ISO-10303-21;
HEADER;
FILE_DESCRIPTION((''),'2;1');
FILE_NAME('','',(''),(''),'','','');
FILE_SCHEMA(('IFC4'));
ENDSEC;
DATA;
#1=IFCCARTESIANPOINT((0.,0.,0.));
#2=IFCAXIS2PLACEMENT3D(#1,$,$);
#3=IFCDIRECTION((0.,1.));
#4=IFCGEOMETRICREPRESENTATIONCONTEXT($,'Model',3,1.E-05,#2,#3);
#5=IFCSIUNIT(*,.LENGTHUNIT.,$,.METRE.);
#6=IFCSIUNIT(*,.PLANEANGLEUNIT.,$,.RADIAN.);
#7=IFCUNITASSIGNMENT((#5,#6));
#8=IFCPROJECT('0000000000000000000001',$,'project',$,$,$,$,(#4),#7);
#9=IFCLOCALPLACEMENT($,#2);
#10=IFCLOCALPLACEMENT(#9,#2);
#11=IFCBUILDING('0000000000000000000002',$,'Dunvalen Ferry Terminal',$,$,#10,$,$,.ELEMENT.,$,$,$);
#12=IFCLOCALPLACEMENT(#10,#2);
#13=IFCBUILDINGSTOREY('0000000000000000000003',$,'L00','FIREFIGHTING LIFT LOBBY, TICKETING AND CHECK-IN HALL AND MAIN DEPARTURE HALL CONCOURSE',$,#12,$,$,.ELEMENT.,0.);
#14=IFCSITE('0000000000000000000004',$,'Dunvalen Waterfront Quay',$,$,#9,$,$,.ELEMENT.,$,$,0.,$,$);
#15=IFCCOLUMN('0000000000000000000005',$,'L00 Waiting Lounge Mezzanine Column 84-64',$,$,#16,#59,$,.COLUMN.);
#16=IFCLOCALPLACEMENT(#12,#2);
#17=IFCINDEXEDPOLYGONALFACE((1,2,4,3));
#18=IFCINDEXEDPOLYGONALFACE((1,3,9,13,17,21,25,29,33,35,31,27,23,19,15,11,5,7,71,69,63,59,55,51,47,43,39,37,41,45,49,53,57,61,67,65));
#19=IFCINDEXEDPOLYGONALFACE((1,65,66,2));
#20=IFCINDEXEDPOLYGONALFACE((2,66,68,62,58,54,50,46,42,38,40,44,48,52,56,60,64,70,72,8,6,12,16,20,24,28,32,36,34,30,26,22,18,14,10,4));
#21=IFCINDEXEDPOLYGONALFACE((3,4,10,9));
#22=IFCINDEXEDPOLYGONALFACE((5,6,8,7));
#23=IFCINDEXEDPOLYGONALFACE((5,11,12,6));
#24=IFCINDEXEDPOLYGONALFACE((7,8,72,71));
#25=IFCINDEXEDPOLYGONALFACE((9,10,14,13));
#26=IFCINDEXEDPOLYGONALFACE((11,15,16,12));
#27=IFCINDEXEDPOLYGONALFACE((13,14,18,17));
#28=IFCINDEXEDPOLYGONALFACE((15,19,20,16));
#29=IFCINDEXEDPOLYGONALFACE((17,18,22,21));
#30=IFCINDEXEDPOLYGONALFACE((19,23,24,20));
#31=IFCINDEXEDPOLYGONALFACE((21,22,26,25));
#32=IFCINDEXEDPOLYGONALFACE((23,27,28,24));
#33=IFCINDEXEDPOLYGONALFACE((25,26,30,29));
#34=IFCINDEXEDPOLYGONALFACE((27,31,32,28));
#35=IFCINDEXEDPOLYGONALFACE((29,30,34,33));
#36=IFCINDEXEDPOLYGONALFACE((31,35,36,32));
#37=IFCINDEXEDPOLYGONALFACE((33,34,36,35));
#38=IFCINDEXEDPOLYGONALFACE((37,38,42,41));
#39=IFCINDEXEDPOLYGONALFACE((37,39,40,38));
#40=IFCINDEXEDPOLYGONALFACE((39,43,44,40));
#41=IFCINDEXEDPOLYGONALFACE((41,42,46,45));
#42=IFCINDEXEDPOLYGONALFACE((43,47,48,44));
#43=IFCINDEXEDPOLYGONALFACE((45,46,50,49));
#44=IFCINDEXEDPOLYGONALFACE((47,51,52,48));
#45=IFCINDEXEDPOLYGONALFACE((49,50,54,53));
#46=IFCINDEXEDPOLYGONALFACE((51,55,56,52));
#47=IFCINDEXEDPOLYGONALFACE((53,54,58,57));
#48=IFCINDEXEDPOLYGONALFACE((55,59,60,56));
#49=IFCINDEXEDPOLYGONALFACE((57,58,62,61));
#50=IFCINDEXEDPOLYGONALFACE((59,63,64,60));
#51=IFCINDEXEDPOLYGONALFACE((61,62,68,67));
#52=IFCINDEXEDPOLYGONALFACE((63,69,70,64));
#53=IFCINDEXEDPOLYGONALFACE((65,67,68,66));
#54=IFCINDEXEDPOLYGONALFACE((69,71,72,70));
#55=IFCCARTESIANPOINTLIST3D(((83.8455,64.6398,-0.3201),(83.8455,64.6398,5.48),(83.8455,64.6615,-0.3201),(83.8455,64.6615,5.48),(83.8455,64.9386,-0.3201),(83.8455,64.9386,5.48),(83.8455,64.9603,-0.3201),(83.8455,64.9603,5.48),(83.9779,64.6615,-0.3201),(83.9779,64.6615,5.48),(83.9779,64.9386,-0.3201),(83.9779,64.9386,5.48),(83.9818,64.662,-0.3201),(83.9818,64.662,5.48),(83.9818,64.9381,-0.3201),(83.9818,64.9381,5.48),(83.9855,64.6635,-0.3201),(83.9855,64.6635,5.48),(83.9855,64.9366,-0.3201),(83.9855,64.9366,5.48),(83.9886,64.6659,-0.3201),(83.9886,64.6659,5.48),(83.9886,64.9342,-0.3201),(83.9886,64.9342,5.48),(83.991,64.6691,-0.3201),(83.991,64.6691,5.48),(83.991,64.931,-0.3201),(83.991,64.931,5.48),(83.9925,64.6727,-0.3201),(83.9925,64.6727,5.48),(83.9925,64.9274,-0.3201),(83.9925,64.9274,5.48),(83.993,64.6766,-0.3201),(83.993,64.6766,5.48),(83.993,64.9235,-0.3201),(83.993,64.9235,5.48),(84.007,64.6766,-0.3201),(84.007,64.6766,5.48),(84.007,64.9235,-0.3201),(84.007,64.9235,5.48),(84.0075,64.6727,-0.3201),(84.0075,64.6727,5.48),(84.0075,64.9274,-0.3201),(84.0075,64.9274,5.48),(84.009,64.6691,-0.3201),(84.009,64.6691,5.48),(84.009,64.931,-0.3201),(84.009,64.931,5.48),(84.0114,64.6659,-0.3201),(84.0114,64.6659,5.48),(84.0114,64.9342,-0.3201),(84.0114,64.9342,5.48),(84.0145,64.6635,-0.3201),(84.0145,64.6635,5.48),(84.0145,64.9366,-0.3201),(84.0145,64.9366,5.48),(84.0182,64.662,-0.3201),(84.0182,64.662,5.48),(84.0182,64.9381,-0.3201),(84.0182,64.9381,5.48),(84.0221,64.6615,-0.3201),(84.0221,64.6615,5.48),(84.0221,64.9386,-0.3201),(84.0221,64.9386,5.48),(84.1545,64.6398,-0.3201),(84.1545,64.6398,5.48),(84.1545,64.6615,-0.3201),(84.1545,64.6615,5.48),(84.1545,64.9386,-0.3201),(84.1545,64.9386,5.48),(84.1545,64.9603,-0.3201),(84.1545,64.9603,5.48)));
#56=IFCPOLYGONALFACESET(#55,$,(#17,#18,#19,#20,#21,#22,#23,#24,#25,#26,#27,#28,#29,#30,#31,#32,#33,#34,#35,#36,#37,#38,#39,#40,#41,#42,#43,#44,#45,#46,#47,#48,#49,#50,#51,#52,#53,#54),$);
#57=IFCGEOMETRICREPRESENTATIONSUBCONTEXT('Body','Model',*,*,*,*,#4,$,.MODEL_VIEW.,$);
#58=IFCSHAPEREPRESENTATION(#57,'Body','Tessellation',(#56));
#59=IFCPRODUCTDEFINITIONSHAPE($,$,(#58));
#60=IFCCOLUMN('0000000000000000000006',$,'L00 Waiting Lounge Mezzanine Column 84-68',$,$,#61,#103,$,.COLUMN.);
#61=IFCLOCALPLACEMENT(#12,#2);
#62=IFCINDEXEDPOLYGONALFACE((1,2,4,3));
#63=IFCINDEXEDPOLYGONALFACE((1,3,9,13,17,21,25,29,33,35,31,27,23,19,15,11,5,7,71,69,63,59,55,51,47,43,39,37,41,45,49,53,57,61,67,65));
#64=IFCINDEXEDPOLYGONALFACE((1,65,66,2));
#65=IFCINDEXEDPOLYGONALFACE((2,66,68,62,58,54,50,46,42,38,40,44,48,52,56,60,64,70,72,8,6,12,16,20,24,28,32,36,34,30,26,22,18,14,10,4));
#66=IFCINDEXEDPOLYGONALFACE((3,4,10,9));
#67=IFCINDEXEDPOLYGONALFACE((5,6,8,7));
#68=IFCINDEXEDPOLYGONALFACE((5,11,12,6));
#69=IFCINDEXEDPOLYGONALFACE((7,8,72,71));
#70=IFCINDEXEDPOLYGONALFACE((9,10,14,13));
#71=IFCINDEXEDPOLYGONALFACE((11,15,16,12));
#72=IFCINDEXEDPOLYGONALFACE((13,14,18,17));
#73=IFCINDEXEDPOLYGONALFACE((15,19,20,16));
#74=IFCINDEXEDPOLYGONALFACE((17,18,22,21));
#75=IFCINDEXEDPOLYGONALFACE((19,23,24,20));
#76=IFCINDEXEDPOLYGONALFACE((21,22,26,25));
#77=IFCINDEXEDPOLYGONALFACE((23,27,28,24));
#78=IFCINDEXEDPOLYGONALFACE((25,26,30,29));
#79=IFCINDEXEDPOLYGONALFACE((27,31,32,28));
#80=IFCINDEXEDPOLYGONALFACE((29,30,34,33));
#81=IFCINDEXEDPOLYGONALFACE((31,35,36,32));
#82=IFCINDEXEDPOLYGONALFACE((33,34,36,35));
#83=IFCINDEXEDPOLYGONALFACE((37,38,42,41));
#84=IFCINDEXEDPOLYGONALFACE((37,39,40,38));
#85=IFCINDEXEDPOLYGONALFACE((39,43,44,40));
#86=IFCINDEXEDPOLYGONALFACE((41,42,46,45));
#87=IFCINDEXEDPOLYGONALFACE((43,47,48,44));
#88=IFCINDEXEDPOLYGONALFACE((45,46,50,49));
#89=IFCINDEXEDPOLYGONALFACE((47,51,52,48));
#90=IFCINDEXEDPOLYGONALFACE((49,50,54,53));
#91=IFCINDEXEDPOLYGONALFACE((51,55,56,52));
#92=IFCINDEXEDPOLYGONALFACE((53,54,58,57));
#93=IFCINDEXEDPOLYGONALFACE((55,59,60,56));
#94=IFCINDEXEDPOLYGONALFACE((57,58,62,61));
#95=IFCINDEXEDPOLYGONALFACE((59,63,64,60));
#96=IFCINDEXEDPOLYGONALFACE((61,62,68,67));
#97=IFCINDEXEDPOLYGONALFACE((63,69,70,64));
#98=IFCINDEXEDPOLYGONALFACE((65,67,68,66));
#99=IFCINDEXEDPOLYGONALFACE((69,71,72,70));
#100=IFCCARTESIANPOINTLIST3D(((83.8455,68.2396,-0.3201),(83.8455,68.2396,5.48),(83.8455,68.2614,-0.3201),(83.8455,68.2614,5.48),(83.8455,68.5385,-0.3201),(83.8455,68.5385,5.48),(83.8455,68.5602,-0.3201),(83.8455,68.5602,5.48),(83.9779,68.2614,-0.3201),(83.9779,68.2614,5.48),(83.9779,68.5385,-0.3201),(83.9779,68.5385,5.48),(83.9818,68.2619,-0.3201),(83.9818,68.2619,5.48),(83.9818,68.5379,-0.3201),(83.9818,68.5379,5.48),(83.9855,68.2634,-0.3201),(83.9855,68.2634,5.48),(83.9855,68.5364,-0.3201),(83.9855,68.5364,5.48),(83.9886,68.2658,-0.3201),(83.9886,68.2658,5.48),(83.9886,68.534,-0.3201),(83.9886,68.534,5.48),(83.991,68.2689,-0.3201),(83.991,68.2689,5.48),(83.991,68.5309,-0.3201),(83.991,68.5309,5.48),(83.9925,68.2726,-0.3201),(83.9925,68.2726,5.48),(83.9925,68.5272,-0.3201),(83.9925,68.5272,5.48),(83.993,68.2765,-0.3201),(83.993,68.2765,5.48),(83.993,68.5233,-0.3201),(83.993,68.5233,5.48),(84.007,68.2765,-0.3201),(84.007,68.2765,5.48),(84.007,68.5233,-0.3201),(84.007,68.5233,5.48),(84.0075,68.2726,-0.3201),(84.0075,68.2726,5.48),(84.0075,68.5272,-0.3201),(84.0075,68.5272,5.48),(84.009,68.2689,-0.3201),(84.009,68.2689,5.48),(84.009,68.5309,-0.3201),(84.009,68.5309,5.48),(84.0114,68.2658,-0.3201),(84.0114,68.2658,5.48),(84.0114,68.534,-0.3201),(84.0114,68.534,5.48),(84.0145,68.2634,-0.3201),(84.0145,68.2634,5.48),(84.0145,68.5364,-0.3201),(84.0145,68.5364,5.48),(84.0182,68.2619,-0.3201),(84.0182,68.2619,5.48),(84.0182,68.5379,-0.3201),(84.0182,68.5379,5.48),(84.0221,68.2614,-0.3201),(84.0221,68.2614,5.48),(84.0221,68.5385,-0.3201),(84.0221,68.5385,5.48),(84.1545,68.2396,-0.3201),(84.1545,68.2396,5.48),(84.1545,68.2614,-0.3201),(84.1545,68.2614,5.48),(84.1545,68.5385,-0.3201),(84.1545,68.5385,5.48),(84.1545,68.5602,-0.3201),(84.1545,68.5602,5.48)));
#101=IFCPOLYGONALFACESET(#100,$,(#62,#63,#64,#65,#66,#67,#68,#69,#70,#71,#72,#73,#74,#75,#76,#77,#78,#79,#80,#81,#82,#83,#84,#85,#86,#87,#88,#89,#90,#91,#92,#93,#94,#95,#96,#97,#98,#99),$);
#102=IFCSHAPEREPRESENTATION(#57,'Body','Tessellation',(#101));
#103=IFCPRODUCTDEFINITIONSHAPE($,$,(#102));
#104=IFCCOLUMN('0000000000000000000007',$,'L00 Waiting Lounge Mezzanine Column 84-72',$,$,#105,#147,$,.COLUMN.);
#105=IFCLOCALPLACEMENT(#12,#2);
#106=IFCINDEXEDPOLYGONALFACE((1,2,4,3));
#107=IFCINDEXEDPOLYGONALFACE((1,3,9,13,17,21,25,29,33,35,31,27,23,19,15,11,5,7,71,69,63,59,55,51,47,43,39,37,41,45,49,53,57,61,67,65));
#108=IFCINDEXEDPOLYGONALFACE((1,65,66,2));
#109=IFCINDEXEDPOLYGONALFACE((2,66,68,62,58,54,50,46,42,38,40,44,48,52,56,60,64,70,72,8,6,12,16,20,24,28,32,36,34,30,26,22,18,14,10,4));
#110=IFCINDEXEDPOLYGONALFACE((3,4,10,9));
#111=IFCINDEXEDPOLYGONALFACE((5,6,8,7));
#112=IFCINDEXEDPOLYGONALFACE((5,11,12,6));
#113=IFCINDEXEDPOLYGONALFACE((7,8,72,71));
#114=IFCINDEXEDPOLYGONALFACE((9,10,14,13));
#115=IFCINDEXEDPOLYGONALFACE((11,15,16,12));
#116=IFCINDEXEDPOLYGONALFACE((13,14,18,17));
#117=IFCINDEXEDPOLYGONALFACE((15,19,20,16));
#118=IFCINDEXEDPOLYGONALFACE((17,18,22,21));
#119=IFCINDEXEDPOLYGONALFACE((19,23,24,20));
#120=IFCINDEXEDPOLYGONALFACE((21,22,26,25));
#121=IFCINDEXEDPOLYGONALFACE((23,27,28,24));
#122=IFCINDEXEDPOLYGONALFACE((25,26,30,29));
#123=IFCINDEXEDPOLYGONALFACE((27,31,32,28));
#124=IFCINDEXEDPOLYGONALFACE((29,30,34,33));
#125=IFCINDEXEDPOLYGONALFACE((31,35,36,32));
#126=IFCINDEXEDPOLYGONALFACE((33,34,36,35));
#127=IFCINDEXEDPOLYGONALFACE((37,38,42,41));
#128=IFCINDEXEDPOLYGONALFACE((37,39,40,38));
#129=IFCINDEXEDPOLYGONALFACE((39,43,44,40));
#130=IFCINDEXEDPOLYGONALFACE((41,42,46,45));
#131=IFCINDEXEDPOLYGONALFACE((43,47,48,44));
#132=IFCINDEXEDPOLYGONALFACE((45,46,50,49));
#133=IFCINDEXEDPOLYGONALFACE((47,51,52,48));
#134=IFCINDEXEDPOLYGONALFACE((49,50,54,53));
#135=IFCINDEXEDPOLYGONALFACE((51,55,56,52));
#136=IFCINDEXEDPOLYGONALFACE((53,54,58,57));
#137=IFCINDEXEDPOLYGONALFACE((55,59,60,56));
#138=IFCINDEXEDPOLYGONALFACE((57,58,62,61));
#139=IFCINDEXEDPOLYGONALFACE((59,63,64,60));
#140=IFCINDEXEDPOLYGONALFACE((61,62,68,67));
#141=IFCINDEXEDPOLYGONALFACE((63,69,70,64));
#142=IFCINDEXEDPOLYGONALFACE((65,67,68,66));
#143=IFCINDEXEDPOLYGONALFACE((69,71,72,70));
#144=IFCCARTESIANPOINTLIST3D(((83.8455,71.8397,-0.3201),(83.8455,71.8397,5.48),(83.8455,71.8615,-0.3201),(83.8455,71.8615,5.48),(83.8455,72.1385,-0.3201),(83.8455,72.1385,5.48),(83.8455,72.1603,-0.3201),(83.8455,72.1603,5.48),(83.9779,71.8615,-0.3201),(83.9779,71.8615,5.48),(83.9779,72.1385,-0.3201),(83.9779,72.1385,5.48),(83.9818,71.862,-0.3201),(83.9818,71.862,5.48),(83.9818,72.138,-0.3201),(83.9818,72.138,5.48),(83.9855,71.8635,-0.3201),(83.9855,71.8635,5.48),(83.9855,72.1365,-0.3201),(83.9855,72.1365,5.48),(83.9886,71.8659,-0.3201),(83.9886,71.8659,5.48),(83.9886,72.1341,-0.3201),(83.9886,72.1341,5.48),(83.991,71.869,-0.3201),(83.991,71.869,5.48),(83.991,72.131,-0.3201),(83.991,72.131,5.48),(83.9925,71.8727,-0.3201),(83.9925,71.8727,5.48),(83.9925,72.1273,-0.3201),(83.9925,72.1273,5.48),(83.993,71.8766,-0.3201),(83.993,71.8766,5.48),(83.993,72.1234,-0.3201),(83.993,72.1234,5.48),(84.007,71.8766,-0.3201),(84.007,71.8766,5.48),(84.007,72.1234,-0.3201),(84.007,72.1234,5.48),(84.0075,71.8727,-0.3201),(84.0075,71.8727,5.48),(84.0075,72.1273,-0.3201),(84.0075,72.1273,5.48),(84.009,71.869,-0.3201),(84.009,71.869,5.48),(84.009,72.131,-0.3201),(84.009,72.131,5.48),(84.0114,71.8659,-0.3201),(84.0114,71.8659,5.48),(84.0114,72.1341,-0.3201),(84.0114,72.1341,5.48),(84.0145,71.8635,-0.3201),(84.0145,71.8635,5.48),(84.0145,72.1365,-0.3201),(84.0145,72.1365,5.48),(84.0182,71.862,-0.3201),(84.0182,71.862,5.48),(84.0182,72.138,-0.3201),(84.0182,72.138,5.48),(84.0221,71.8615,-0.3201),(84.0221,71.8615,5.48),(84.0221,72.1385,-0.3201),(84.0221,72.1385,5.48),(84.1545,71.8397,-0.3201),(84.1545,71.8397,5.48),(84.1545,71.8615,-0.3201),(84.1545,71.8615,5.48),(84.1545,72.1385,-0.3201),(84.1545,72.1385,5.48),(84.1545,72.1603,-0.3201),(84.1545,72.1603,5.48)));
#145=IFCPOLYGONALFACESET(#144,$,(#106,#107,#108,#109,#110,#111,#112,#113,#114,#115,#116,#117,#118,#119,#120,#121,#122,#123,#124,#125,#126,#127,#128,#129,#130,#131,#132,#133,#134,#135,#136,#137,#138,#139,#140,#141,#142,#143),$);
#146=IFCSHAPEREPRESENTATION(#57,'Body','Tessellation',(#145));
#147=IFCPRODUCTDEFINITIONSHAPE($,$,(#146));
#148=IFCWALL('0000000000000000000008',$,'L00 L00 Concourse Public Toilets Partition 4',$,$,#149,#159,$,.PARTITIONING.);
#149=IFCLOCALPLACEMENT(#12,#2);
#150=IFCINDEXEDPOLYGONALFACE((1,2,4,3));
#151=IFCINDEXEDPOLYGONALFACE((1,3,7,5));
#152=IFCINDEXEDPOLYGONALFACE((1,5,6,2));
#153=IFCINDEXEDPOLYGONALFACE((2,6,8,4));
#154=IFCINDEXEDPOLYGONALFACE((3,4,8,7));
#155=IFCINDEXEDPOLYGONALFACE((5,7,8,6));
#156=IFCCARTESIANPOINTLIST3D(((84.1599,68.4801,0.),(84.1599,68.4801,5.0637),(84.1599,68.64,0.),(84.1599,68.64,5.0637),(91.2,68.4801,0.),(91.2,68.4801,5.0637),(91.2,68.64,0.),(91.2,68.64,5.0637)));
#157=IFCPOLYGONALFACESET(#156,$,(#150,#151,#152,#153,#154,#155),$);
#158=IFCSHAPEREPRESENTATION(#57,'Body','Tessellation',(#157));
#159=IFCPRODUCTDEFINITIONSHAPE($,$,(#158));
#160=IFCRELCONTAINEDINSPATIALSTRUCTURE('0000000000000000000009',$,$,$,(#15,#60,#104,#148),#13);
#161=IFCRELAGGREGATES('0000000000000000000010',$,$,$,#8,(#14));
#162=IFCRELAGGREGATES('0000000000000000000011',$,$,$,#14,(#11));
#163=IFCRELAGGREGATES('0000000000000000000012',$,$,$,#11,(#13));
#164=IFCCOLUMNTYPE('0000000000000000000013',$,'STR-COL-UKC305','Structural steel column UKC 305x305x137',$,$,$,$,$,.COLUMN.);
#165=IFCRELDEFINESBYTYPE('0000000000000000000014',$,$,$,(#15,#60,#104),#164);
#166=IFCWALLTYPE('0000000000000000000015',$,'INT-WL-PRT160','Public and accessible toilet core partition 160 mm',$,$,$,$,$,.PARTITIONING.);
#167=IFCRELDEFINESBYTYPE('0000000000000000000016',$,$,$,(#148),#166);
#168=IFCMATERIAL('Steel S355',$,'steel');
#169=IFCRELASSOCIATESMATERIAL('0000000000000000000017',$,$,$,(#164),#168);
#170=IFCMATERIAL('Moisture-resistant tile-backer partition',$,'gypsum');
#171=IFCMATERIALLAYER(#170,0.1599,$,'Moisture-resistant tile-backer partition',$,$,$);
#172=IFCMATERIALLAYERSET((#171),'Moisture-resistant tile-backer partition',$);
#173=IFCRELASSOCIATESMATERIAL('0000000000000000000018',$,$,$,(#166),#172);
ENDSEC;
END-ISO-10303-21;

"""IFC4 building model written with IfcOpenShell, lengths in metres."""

from ifc_helpers import new_model, si_unit, direction, frame, frame_2d, origin, origin_2d, place, context, subcontext, project, spatial, rectangle, i_section, extrude, material, layer, layer_set, material_profile, profile_set, type_object, element, save


model = new_model("IFC4")

# Units and contexts
model_context = context("Model", 3, precision=1e-05, world=origin(), true_north=direction((0.0, 1.0)))
body_context = subcontext(model_context, "Body", "Model", "MODEL_VIEW")
ifc_project = project(units=[si_unit("LENGTHUNIT", "METRE"), si_unit("PLANEANGLEUNIT", "RADIAN")], contexts=[model_context])

# Site, building, storey
site_placement = place(None, origin())
site = spatial("IfcSite", under=ifc_project, at=site_placement, Name="Dunvalen Waterfront Quay", CompositionType="ELEMENT", RefElevation=0.0)
building_placement = place(site_placement, origin())
building = spatial("IfcBuilding", under=site, at=building_placement, Name="Dunvalen Ferry Terminal", CompositionType="ELEMENT")
storey_placement = place(building_placement, origin())
storey = spatial("IfcBuildingStorey", under=building, at=storey_placement, Name="L00", Description="FIREFIGHTING LIFT LOBBY, TICKETING AND CHECK-IN HALL AND MAIN DEPARTURE HALL CONCOURSE", CompositionType="ELEMENT", Elevation=0.0)

# Columns
ifc_material_1 = material(Name="Steel S355", Category="steel")
ifc_material_profile_1 = material_profile(ifc_material_1, i_section(OverallWidth=0.3091, OverallDepth=0.3206, WebThickness=0.0139, FlangeThickness=0.0217, FilletRadius=0.0151, at=origin_2d()), Name="Steel S355")
ifc_profile_set_1 = profile_set([ifc_material_profile_1], Name="Steel S355")
column_type_1 = type_object("IfcColumnType", Name="STR-COL-UKC305", Description="Structural steel column UKC 305x305x137", PredefinedType="COLUMN", material=ifc_profile_set_1)
for number, where, z_axis, x_axis, name in (
    (1, (84.0, 64.8, -0.3201), (0.0, 0.0, 1.0), (1.0, 0.0, 0.0), "L00 Waiting Lounge Mezzanine Column 84-64"),
    (2, (84.0, 68.3999, -0.3201), (0.0, 0.0, 1.0), (1.0, 0.0, 0.0), "L00 Waiting Lounge Mezzanine Column 84-68"),
    (3, (84.0, 72.0, -0.3201), (0.0, 0.0, 1.0), (1.0, 0.0, 0.0), "L00 Waiting Lounge Mezzanine Column 84-72"),
):
    element("IfcColumn", number, at=place(storey_placement, frame(where, z_axis=z_axis, x_axis=x_axis)), inside=storey, type_object=column_type_1, Name=name, PredefinedType="COLUMN", context=body_context, shape_type="SweptSolid", body=[
        extrude(i_section(OverallWidth=0.3091, OverallDepth=0.3206, WebThickness=0.0139, FlangeThickness=0.0217, FilletRadius=0.0151, at=origin_2d()), origin(), (0.0, 0.0, 1.0), 5.8),
    ])

# Wall
ifc_material_2 = material(Name="Moisture-resistant tile-backer partition", Category="gypsum")
ifc_layer = layer(ifc_material_2, 0.1599, Name="Moisture-resistant tile-backer partition")
ifc_layer_set = layer_set([ifc_layer], Name="Moisture-resistant tile-backer partition")
wall_type = type_object("IfcWallType", Name="INT-WL-PRT160", Description="Public and accessible toilet core partition 160 mm", PredefinedType="PARTITIONING", material=ifc_layer_set)
wall_placement = place(storey_placement, frame((84.1599, 68.5601, 0.0), z_axis=(0.0, 0.0, 1.0), x_axis=(1.0, 0.0, 0.0)))
element("IfcWall", 4, at=wall_placement, inside=storey, type_object=wall_type, Name="L00 L00 Concourse Public Toilets Partition 4", PredefinedType="PARTITIONING", context=body_context, shape_type="SweptSolid", body=[
    extrude(rectangle(XDim=7.04, YDim=0.1599, at=frame_2d((3.52, 0.0))), origin(), (0.0, 0.0, 1.0), 5.0637),
])

save(model, "model.ifc")
